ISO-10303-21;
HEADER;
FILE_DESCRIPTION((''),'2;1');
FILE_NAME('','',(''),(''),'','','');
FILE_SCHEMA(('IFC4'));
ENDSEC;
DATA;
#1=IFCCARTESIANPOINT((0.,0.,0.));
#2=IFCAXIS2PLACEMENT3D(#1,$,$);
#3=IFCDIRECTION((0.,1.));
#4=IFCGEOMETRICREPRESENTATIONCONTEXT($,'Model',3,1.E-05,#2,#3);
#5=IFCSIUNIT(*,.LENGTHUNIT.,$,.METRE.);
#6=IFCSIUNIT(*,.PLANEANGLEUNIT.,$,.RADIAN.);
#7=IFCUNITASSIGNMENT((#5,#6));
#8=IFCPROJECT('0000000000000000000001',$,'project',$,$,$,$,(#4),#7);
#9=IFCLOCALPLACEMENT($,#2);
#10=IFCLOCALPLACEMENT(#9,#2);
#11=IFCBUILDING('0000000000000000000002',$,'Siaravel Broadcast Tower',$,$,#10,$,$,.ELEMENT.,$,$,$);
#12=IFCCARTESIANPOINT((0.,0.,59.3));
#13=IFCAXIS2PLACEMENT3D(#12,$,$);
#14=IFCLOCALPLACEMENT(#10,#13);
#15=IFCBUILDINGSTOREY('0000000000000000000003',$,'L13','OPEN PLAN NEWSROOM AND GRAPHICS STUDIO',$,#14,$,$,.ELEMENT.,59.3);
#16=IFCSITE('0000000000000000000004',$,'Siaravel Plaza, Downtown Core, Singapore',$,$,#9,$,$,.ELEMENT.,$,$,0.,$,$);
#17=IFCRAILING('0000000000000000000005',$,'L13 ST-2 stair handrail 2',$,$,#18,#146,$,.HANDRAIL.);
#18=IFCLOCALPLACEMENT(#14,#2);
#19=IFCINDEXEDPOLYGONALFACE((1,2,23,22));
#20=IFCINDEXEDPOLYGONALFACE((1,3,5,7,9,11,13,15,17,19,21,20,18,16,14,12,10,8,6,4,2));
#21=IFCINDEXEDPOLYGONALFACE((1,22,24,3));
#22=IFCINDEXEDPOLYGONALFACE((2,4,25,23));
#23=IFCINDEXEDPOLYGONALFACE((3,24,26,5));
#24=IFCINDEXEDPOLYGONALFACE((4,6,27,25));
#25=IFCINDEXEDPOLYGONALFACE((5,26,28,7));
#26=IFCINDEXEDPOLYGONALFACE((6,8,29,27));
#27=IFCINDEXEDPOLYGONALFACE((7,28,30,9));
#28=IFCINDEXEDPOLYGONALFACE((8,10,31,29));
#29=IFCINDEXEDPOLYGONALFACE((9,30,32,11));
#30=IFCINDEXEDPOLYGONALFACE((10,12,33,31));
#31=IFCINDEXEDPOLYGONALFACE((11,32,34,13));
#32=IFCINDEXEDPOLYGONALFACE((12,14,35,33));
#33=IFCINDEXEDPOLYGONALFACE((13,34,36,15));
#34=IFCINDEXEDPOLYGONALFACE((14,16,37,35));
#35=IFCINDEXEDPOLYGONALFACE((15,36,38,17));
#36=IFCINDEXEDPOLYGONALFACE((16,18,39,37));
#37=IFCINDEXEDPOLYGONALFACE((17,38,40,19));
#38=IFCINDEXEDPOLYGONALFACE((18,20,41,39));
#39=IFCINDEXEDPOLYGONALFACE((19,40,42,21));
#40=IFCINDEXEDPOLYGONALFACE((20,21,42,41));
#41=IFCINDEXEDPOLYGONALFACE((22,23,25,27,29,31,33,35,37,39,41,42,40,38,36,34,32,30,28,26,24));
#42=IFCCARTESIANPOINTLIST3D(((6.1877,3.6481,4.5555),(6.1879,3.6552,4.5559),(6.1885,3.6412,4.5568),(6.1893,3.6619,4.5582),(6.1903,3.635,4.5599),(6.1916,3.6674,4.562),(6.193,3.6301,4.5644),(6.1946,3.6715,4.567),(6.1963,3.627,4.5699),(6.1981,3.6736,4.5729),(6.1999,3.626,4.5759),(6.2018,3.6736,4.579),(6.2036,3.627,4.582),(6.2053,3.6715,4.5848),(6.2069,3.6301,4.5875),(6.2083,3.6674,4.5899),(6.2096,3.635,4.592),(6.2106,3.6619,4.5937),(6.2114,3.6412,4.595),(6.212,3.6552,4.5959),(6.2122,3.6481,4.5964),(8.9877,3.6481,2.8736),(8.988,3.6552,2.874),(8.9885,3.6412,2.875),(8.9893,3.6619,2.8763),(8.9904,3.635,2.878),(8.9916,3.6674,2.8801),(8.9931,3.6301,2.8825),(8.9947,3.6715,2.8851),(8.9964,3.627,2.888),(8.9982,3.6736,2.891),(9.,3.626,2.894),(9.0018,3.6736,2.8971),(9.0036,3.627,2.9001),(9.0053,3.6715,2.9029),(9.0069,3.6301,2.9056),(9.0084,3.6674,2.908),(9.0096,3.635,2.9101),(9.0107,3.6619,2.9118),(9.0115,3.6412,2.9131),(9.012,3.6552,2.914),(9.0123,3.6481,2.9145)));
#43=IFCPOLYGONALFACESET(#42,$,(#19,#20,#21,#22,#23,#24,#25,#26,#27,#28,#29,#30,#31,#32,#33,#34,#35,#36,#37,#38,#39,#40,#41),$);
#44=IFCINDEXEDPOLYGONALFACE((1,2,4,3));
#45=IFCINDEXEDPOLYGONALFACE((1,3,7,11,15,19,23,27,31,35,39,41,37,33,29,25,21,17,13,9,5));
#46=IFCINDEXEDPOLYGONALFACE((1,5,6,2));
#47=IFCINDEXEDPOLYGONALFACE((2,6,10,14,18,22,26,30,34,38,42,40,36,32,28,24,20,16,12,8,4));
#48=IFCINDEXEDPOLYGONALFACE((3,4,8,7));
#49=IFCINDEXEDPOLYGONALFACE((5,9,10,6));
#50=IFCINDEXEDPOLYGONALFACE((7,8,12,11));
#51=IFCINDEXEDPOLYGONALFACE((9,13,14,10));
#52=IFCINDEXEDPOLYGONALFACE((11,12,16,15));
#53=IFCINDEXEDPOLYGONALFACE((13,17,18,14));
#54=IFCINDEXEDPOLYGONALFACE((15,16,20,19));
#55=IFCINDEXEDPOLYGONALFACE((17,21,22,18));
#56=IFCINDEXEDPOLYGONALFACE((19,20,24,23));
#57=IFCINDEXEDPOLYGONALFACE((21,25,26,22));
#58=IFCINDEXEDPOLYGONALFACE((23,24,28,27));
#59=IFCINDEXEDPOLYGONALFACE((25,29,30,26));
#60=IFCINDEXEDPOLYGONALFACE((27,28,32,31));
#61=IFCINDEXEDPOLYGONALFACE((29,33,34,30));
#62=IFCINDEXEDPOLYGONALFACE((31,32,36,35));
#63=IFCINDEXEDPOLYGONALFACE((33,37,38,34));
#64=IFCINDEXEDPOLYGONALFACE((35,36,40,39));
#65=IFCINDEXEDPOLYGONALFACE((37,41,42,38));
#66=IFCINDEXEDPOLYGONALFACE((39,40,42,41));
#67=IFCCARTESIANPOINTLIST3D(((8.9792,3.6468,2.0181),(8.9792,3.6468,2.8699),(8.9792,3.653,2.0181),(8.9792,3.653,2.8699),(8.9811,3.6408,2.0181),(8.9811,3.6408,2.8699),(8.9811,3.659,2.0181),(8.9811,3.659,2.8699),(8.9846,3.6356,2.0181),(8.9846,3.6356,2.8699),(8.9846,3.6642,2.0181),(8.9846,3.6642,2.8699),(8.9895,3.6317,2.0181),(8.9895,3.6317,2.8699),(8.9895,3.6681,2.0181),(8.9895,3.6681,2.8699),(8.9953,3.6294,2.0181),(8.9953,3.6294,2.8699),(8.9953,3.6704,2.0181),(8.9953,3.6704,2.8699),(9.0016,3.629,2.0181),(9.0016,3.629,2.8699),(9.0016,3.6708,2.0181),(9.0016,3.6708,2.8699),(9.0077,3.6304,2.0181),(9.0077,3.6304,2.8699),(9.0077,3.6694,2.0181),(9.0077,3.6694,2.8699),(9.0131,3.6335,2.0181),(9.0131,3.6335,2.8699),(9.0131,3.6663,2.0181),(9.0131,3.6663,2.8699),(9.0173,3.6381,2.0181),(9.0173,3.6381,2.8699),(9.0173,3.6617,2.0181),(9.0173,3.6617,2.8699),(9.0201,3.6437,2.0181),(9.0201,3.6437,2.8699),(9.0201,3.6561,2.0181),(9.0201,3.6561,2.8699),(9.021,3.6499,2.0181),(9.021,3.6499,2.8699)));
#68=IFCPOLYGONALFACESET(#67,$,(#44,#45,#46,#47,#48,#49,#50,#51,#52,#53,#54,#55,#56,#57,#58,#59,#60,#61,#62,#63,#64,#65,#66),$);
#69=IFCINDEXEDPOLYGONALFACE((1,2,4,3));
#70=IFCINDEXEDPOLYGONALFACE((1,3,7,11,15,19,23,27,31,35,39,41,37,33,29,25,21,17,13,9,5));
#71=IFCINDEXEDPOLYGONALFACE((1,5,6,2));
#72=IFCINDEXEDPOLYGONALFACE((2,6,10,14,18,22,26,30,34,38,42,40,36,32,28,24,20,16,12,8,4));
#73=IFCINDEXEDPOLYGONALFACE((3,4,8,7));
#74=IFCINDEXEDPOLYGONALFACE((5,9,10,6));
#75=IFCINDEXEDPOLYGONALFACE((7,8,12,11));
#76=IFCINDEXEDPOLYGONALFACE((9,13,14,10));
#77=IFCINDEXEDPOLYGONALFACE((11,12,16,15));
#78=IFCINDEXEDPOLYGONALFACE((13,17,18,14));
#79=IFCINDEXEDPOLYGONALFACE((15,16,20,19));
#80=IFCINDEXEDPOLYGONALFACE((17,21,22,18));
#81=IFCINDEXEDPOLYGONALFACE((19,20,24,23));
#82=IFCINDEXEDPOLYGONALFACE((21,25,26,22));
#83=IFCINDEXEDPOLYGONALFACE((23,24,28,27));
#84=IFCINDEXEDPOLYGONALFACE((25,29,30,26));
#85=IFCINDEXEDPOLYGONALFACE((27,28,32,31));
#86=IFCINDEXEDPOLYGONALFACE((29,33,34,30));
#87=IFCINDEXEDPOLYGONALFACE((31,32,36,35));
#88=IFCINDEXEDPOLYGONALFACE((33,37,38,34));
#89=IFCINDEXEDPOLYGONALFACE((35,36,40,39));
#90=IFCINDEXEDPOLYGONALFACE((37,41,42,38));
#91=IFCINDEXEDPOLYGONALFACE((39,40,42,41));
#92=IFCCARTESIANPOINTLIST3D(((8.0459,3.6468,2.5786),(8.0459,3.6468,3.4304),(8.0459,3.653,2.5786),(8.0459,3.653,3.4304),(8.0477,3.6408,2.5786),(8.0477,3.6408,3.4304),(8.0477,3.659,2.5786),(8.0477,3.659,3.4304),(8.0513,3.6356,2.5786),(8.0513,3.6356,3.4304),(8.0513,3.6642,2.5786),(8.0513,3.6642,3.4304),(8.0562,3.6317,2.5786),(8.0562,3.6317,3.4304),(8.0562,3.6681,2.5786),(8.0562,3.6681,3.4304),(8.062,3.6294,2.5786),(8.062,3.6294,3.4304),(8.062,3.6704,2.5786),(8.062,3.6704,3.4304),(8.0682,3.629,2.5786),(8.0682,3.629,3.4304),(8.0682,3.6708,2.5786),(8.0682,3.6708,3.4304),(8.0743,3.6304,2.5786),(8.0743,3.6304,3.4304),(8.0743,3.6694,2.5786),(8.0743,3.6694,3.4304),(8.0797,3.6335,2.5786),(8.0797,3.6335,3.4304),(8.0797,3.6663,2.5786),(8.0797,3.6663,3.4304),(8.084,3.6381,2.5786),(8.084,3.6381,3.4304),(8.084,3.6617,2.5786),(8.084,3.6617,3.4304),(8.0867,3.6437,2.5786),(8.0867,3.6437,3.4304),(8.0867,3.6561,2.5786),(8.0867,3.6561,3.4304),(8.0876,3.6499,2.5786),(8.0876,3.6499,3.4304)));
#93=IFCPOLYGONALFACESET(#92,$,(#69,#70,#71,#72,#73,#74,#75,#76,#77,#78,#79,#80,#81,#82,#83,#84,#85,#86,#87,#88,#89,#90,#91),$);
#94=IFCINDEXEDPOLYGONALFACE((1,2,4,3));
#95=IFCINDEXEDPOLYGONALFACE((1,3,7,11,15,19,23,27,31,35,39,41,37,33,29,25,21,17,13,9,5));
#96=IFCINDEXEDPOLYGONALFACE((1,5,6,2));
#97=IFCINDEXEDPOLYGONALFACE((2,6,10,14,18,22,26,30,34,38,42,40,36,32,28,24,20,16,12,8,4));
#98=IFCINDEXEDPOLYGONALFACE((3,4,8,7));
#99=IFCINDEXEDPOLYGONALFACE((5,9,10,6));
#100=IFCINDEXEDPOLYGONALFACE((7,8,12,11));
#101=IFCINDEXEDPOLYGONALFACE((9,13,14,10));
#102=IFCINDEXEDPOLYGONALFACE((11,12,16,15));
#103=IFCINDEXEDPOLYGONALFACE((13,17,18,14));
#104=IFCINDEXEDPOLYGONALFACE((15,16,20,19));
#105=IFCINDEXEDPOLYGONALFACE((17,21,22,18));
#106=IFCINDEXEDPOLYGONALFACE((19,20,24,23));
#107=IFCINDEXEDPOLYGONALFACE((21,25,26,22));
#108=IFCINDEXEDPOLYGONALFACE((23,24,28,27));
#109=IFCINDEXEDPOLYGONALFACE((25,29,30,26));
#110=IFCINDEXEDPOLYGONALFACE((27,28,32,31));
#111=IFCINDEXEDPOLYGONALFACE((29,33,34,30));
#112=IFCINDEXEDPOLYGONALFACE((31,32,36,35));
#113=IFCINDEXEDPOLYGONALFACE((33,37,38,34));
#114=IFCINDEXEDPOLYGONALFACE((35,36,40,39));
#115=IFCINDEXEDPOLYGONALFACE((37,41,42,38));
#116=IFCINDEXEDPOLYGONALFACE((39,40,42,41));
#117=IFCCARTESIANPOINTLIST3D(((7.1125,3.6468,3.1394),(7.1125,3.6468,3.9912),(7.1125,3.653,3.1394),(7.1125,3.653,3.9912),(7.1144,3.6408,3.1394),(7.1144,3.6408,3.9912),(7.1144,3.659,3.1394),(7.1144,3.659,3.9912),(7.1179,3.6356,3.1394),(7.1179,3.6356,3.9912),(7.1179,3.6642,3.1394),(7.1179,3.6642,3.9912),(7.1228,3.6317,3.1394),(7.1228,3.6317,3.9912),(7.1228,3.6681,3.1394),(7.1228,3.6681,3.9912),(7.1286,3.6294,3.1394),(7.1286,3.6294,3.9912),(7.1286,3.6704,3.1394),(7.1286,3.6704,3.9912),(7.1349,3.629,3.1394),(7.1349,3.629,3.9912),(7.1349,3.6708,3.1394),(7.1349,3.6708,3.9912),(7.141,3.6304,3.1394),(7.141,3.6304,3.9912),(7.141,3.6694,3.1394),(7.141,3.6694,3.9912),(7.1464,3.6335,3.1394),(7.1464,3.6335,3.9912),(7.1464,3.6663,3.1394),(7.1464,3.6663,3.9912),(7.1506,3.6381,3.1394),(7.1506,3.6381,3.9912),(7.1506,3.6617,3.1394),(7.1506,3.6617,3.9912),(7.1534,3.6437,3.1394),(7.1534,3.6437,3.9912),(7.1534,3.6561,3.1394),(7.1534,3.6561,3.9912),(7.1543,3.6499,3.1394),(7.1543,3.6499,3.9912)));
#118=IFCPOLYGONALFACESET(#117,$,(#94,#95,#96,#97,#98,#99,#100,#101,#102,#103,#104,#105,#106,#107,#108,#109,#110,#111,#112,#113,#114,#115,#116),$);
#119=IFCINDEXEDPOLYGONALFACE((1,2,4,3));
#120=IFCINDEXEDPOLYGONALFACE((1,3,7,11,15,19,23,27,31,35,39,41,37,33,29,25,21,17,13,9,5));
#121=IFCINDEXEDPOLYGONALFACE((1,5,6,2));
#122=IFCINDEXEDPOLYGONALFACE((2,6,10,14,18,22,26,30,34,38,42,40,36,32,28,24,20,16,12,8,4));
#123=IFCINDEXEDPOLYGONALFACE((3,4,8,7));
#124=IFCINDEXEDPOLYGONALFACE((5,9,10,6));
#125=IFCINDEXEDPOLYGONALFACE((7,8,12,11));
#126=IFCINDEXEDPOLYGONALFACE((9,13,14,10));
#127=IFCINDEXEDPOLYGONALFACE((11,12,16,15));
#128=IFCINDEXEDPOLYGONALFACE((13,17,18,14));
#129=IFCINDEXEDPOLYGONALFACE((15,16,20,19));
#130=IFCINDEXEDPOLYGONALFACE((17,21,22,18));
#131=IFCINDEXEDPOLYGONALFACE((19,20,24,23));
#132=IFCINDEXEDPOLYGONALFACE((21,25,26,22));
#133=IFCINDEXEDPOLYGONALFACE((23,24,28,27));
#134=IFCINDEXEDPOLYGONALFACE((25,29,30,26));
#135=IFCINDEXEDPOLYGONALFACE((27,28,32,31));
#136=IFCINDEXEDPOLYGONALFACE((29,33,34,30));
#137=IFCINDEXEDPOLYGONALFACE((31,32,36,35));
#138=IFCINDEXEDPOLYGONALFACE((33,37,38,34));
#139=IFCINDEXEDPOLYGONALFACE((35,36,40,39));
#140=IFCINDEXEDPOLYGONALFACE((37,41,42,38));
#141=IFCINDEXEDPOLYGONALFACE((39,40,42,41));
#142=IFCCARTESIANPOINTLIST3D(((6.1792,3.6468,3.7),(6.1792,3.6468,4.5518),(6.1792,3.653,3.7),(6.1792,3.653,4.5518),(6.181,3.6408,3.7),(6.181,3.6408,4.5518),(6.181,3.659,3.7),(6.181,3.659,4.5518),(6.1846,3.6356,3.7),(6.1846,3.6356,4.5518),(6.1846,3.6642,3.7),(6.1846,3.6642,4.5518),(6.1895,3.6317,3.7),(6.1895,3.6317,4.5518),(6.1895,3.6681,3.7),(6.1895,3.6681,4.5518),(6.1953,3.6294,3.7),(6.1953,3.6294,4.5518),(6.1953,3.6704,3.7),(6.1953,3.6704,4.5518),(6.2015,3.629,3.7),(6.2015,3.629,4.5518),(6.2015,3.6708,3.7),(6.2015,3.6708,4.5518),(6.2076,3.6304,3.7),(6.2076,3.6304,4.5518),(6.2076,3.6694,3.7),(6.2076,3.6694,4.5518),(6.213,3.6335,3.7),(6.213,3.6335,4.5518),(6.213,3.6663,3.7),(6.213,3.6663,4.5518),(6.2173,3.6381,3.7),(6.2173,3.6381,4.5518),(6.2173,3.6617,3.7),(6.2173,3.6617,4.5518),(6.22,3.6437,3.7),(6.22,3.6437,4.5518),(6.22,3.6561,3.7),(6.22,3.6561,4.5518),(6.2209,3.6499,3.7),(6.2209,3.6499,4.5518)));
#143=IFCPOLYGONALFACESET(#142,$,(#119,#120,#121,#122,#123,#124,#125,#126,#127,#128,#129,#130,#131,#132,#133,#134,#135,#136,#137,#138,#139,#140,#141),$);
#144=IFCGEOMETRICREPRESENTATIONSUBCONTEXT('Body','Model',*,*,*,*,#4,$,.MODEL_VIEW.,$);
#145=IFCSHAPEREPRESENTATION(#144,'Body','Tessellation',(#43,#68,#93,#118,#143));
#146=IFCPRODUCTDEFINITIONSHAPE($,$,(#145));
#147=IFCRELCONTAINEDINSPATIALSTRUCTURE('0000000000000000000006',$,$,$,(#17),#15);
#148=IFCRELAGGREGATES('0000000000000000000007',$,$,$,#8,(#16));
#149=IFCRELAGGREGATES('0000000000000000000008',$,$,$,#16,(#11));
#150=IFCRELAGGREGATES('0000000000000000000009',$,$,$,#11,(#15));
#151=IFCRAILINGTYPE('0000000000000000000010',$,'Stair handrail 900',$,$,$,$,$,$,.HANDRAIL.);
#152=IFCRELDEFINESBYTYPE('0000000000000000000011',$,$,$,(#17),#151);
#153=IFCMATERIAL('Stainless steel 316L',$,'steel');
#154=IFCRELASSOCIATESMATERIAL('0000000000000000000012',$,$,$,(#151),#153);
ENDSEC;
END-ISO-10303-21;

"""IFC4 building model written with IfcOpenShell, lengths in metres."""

from ifc_helpers import new_model, si_unit, direction, frame, origin, origin_2d, place, context, subcontext, project, spatial, circle, extrude, material, type_object, element, save


model = new_model("IFC4")

# Units and contexts
model_context = context("Model", 3, precision=1e-05, world=origin(), true_north=direction((0.0, 1.0)))
body_context = subcontext(model_context, "Body", "Model", "MODEL_VIEW")
ifc_project = project(units=[si_unit("LENGTHUNIT", "METRE"), si_unit("PLANEANGLEUNIT", "RADIAN")], contexts=[model_context])

# Site, building, storey
site_placement = place(None, origin())
site = spatial("IfcSite", under=ifc_project, at=site_placement, Name="Siaravel Plaza, Downtown Core, Singapore", CompositionType="ELEMENT", RefElevation=0.0)
building_placement = place(site_placement, origin())
building = spatial("IfcBuilding", under=site, at=building_placement, Name="Siaravel Broadcast Tower", CompositionType="ELEMENT")
storey_placement = place(building_placement, frame((0.0, 0.0, 59.3)))
storey = spatial("IfcBuildingStorey", under=building, at=storey_placement, Name="L13", Description="OPEN PLAN NEWSROOM AND GRAPHICS STUDIO", CompositionType="ELEMENT", Elevation=59.3)

# Railing
ifc_material_1 = material(Name="Stainless steel 316L", Category="steel")
railing_type_1 = type_object("IfcRailingType", Name="Stair handrail 900", PredefinedType="HANDRAIL", material=ifc_material_1)
railing_1_placement = place(storey_placement, frame((9.0, 3.6499, 2.0181)))
element("IfcRailing", 1, at=railing_1_placement, inside=storey, type_object=railing_type_1, Name="L13 ST-2 stair handrail 2", PredefinedType="HANDRAIL", context=body_context, shape_type="SweptSolid", body=[
    extrude(circle(Radius=0.0239, at=origin_2d()), frame((0.0, 0.0, 0.876), z_axis=(-0.857242, 0.0, 0.514913), x_axis=(0.0, -1.0, 0.0)), (0.0, 0.0, 1.0), 3.2664),
    extrude(circle(Radius=0.021, at=origin_2d()), origin(), (0.0, 0.0, 1.0), 0.8518),
    extrude(circle(Radius=0.021, at=origin_2d()), frame((-0.9333, 0.0, 0.5605)), (0.0, 0.0, 1.0), 0.8518),
    extrude(circle(Radius=0.021, at=origin_2d()), frame((-1.8667, 0.0, 1.1213)), (0.0, 0.0, 1.0), 0.8518),
    extrude(circle(Radius=0.021, at=origin_2d()), frame((-2.8, 0.0, 1.6819)), (0.0, 0.0, 1.0), 0.8518),
])

save(model, "model.ifc")
